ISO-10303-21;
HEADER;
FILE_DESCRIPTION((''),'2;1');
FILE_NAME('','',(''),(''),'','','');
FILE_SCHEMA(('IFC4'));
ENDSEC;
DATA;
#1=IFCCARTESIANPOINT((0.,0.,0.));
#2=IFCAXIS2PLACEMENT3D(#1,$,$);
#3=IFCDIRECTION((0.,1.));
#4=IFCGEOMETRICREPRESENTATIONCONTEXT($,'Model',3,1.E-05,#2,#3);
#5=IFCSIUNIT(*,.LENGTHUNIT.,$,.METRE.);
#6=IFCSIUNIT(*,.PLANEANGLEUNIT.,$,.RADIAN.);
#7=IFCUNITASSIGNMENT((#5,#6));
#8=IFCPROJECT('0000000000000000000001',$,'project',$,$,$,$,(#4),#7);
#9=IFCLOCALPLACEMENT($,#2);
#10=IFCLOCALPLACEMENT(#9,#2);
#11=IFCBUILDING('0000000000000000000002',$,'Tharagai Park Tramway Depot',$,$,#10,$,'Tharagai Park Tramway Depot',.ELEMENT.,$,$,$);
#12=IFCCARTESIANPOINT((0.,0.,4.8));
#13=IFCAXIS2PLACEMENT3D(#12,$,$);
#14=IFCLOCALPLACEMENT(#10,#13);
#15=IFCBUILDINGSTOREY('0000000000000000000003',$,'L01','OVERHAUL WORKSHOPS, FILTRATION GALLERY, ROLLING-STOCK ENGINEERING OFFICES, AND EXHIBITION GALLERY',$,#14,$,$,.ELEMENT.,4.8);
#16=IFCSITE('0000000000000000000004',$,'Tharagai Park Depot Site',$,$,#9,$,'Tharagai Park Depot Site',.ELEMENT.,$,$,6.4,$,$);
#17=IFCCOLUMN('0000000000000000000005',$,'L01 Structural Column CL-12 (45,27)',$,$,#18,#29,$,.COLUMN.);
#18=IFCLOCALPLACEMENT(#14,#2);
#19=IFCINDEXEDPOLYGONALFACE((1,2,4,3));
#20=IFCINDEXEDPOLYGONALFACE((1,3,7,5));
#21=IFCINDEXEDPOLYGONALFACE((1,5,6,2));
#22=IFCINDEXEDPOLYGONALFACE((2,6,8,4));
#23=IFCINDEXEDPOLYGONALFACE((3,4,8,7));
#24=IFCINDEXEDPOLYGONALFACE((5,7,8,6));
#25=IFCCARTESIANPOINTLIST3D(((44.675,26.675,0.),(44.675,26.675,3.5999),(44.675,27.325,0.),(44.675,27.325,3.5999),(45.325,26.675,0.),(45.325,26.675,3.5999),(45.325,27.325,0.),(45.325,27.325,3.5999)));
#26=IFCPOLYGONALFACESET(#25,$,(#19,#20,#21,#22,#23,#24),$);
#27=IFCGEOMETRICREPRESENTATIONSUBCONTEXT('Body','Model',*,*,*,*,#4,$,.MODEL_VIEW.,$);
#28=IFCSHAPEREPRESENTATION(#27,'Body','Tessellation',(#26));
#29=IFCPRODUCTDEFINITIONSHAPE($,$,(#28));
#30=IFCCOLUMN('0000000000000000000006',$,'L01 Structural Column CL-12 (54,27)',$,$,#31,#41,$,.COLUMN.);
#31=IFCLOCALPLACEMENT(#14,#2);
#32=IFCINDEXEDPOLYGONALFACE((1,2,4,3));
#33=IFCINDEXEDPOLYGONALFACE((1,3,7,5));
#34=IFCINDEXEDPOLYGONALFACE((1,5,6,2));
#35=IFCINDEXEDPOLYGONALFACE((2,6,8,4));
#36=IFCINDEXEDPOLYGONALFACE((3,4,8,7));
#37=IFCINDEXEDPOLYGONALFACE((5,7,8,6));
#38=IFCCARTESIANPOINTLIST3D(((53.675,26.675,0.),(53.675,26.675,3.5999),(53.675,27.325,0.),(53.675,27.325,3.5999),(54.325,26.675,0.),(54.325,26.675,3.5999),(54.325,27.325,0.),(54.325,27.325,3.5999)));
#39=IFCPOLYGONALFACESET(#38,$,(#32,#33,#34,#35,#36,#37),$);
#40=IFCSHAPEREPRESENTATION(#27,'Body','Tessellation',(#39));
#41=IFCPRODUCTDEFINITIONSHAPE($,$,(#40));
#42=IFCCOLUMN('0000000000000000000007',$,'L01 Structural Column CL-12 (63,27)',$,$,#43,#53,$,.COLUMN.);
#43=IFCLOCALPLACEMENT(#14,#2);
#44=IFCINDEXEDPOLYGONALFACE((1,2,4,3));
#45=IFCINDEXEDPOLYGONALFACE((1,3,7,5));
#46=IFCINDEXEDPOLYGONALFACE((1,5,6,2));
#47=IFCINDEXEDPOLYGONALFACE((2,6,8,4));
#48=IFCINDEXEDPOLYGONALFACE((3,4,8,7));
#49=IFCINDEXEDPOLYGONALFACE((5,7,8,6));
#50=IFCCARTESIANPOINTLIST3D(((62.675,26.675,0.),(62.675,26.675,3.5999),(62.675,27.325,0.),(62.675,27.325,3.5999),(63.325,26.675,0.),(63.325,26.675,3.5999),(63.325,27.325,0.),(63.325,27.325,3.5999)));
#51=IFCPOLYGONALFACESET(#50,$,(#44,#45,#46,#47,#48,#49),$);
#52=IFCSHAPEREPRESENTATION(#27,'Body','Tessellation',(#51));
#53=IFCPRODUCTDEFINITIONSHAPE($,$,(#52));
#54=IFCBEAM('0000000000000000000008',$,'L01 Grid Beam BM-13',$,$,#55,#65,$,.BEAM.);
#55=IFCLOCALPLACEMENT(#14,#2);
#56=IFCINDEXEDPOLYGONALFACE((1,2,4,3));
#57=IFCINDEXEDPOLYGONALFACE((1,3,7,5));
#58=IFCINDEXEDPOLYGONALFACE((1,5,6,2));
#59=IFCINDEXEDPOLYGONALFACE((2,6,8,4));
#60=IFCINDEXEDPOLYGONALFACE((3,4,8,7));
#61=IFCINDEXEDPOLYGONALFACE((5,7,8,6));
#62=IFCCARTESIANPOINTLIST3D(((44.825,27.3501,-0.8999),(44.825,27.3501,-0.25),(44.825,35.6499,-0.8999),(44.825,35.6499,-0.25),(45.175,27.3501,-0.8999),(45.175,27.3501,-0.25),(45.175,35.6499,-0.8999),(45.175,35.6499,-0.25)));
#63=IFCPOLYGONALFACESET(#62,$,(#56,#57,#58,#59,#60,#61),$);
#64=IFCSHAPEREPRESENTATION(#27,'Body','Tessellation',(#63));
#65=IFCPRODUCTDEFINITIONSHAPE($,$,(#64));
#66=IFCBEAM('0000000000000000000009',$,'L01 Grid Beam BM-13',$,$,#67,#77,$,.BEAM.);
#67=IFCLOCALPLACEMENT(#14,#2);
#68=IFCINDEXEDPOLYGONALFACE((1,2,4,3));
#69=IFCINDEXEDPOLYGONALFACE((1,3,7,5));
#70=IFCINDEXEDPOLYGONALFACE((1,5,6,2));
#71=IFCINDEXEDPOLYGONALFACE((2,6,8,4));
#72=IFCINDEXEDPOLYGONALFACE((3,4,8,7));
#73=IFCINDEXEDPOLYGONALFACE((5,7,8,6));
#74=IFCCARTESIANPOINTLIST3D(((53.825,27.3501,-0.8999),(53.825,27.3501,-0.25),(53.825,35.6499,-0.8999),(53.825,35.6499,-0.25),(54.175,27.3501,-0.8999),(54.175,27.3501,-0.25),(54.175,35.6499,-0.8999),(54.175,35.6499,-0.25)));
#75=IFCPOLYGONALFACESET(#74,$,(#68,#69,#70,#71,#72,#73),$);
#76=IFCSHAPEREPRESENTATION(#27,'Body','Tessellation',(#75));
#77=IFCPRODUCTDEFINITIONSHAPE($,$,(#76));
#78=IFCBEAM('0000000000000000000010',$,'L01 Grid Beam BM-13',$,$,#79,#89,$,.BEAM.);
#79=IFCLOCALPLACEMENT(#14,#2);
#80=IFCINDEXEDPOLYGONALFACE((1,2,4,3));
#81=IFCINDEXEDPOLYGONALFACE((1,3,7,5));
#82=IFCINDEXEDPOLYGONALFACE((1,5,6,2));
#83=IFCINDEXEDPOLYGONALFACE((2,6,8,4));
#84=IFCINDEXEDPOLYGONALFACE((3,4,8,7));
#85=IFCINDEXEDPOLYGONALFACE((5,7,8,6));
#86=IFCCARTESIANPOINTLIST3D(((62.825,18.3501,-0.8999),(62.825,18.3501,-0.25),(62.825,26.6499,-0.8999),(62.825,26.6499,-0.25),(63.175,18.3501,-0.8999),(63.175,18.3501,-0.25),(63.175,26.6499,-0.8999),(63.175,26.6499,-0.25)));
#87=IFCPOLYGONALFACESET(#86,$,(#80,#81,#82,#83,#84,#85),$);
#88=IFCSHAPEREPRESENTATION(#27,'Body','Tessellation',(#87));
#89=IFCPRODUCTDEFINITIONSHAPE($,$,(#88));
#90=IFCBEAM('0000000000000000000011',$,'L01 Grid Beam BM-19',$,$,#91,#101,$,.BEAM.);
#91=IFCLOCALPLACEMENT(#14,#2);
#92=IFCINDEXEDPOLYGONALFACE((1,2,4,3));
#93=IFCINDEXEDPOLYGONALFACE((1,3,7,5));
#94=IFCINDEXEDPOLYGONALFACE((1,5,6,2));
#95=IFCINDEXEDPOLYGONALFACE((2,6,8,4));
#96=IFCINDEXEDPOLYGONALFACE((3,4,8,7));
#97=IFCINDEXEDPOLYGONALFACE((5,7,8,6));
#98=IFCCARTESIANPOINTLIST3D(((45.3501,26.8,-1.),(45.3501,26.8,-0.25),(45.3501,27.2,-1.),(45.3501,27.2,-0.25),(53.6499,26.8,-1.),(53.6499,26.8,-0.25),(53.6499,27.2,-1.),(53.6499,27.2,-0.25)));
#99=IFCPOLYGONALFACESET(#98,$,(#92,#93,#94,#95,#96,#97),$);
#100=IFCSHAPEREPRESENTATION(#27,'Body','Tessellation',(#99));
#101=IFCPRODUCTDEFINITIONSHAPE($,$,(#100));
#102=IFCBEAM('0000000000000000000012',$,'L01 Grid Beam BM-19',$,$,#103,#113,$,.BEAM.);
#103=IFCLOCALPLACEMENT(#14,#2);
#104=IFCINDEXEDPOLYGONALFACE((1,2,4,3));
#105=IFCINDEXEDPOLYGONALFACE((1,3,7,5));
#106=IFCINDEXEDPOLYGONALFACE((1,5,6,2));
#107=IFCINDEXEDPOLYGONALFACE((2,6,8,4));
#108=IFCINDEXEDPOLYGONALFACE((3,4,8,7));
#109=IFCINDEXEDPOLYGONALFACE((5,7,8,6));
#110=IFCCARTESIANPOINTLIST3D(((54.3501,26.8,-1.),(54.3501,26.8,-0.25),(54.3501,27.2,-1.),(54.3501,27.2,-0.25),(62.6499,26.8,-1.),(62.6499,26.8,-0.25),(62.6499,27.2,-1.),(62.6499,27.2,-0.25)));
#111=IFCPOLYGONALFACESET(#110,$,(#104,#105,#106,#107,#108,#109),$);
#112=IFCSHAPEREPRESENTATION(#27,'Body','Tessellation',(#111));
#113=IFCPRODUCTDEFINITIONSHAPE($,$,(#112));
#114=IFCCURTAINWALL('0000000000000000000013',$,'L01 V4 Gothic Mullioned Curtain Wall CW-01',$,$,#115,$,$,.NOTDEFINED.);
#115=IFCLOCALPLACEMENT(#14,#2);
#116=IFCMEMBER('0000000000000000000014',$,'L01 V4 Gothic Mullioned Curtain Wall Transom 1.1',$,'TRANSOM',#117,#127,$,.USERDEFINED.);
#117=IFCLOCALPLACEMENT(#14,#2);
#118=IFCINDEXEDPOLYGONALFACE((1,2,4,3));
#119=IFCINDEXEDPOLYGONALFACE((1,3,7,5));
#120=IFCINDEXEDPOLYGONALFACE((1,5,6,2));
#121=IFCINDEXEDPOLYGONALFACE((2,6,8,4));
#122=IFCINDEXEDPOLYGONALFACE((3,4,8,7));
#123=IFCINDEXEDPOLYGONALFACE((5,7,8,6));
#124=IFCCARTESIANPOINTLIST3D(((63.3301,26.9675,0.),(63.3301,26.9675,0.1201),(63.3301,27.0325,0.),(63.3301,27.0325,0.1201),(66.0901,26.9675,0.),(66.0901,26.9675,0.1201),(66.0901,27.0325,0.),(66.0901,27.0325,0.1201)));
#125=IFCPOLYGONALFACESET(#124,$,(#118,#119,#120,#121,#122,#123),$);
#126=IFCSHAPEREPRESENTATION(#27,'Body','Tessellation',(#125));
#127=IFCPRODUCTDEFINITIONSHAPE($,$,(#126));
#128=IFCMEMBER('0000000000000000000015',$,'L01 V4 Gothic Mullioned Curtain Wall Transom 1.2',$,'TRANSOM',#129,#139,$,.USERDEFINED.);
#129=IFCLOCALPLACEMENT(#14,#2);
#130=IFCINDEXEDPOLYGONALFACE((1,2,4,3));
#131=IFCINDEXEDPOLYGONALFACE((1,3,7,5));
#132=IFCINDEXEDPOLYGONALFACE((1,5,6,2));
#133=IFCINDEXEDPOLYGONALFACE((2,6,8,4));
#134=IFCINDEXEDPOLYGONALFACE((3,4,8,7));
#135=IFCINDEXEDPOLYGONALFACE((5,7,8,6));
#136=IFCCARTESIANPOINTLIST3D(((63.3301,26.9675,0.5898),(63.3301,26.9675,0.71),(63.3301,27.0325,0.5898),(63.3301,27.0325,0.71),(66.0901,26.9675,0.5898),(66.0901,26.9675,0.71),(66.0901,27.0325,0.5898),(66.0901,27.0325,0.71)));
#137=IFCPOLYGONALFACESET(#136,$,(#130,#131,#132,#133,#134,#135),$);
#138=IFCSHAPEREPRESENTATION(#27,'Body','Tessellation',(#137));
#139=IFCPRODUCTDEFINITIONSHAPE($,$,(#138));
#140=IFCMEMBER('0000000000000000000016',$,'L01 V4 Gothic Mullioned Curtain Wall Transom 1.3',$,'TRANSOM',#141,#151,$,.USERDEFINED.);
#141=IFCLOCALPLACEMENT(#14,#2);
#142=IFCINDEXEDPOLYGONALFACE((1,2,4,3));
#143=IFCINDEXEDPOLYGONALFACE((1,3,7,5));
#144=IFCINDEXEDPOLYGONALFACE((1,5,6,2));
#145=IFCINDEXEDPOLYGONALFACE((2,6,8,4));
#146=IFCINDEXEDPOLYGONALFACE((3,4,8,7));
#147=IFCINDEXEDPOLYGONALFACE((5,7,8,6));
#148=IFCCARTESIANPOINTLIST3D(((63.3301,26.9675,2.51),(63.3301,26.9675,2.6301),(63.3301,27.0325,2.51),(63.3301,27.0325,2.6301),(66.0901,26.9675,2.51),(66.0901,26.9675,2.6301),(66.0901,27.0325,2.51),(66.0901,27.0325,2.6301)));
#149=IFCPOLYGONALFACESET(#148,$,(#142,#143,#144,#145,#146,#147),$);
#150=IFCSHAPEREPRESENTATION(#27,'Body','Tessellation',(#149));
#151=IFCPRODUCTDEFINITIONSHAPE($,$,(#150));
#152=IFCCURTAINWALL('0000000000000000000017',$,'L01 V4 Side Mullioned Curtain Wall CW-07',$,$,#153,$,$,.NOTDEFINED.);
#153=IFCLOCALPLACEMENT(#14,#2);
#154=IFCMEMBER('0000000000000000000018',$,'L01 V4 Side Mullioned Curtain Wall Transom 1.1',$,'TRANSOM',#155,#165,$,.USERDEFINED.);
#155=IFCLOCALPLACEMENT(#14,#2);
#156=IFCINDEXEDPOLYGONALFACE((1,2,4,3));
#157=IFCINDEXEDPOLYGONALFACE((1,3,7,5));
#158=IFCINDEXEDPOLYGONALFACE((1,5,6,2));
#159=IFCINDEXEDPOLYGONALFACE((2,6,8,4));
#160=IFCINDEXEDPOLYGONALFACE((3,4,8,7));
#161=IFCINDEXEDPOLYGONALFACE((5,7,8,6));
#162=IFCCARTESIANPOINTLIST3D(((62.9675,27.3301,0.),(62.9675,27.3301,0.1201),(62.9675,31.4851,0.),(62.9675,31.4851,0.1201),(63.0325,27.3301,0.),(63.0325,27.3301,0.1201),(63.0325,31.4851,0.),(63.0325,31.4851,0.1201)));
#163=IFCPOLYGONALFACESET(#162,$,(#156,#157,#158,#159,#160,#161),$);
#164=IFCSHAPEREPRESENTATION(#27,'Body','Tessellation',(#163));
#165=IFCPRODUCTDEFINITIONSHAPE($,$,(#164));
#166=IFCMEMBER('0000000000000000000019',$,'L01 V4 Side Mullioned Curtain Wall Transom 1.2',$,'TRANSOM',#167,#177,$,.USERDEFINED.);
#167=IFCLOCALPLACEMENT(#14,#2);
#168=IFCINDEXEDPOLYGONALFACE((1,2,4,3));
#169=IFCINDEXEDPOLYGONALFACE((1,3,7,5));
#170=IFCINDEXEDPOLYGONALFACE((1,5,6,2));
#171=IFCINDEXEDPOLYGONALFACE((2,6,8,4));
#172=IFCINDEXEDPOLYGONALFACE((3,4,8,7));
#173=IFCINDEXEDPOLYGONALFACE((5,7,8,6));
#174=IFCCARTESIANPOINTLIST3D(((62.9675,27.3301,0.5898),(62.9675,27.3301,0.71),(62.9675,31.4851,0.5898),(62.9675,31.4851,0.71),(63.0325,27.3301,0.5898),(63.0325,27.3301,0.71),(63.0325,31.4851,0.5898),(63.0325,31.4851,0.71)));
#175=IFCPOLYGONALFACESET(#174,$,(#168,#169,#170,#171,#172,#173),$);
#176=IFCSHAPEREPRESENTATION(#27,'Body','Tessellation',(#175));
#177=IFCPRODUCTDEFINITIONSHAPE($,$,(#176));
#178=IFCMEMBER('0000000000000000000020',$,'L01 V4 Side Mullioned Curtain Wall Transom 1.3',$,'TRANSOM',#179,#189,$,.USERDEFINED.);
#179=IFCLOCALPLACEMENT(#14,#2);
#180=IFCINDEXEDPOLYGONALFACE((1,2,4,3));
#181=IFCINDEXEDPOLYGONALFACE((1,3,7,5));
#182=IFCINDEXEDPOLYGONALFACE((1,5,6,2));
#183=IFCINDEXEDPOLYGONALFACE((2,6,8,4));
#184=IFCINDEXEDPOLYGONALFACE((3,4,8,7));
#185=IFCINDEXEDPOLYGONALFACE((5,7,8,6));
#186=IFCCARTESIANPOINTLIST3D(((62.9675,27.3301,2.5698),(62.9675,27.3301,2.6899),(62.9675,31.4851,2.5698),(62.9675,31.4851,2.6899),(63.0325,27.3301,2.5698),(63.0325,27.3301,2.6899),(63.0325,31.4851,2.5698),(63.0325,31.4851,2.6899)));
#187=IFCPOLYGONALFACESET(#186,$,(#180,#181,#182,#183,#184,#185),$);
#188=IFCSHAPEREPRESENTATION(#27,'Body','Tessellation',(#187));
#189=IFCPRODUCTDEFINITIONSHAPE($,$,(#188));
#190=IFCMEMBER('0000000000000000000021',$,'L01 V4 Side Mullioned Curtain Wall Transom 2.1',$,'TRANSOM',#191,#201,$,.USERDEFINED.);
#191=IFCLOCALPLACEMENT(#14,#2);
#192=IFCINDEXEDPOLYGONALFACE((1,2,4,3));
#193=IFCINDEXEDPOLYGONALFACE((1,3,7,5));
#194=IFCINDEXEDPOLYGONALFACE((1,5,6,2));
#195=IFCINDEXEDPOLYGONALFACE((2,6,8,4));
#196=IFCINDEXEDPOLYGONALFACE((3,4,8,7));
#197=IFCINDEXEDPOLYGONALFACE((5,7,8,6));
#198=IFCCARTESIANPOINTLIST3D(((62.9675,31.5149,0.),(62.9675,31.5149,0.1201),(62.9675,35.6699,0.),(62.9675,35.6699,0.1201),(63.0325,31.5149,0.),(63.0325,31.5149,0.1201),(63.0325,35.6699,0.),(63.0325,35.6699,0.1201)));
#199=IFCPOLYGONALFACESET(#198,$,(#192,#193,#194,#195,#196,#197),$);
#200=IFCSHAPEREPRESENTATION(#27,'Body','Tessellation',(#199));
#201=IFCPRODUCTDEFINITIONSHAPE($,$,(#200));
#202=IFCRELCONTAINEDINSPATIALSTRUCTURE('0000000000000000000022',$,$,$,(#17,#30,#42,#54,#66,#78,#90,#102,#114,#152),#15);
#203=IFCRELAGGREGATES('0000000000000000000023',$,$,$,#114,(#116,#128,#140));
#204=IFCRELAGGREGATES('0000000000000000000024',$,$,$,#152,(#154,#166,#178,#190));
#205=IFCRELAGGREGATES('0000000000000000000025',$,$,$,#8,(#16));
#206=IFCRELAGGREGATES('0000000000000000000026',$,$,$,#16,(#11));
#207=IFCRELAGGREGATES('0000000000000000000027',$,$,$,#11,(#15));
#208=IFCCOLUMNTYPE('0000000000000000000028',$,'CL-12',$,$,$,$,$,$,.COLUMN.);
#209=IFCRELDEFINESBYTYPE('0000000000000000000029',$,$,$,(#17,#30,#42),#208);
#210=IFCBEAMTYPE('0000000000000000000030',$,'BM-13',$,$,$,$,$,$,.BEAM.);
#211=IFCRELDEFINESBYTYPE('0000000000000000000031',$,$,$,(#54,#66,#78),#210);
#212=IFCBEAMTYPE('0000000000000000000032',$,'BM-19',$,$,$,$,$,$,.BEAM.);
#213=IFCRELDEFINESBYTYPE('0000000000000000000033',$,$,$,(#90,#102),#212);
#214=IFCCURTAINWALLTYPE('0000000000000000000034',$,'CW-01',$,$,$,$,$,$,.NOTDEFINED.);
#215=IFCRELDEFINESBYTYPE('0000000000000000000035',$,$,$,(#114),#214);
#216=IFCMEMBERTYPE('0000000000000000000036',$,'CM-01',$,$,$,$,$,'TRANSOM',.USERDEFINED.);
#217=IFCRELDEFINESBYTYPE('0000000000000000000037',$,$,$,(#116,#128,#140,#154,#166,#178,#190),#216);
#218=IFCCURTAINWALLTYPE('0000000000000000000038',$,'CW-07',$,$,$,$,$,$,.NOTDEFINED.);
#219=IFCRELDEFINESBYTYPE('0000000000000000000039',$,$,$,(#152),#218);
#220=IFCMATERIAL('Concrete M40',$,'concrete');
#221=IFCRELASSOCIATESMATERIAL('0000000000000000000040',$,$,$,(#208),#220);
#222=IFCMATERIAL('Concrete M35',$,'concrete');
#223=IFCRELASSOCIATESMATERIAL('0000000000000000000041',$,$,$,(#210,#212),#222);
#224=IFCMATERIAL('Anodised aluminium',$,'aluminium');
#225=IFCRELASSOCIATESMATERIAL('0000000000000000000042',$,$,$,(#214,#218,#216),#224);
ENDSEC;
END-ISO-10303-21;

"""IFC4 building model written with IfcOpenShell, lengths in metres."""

from ifc_helpers import new_model, si_unit, direction, frame, origin, origin_2d, place, context, subcontext, project, spatial, rectangle, extrude, material, material_profile, profile_set, type_object, element, aggregate, save


model = new_model("IFC4")

# Units and contexts
model_context = context("Model", 3, precision=1e-05, world=origin(), true_north=direction((0.0, 1.0)))
body_context = subcontext(model_context, "Body", "Model", "MODEL_VIEW")
ifc_project = project(units=[si_unit("LENGTHUNIT", "METRE"), si_unit("PLANEANGLEUNIT", "RADIAN")], contexts=[model_context])

# Site, building, storey
site_placement = place(None, origin())
site = spatial("IfcSite", under=ifc_project, at=site_placement, Name="Tharagai Park Depot Site", LongName="Tharagai Park Depot Site", CompositionType="ELEMENT", RefElevation=6.4)
building_placement = place(site_placement, origin())
building = spatial("IfcBuilding", under=site, at=building_placement, Name="Tharagai Park Tramway Depot", LongName="Tharagai Park Tramway Depot", CompositionType="ELEMENT")
storey_placement = place(building_placement, frame((0.0, 0.0, 4.8)))
storey = spatial("IfcBuildingStorey", under=building, at=storey_placement, Name="L01", Description="OVERHAUL WORKSHOPS, FILTRATION GALLERY, ROLLING-STOCK ENGINEERING OFFICES, AND EXHIBITION GALLERY", CompositionType="ELEMENT", Elevation=4.8)

# Columns
ifc_material_1 = material(Name="Concrete M40", Category="concrete")
ifc_material_profile_1 = material_profile(ifc_material_1, rectangle(XDim=0.6499, YDim=0.6499, at=origin_2d()), Name="RC 650x650")
ifc_profile_set_1 = profile_set([ifc_material_profile_1], Name="Concrete M40")
column_type = type_object("IfcColumnType", Name="CL-12", PredefinedType="COLUMN", material=ifc_profile_set_1)
for number, where, z_axis, x_axis, name in (
    (1, (45.0, 27.0, 0.0), (0.0, 0.0, 1.0), (1.0, 0.0, 0.0), "L01 Structural Column CL-12 (45,27)"),
    (2, (54.0, 27.0, 0.0), (0.0, 0.0, 1.0), (1.0, 0.0, 0.0), "L01 Structural Column CL-12 (54,27)"),
    (3, (63.0, 27.0, 0.0), (0.0, 0.0, 1.0), (1.0, 0.0, 0.0), "L01 Structural Column CL-12 (63,27)"),
):
    element("IfcColumn", number, at=place(storey_placement, frame(where, z_axis=z_axis, x_axis=x_axis)), inside=storey, type_object=column_type, Name=name, PredefinedType="COLUMN", context=body_context, shape_type="SweptSolid", body=[
        extrude(rectangle(XDim=0.6499, YDim=0.6499, at=origin_2d()), origin(), (0.0, 0.0, 1.0), 3.5999),
    ])

# Beams
ifc_material_2 = material(Name="Concrete M35", Category="concrete")
ifc_material_profile_2 = material_profile(ifc_material_2, rectangle(XDim=0.3501, YDim=0.6499, at=origin_2d()), Name="RC 350x650")
ifc_profile_set_2 = profile_set([ifc_material_profile_2], Name="Concrete M35")
beam_type_1 = type_object("IfcBeamType", Name="BM-13", PredefinedType="BEAM", material=ifc_profile_set_2)
for number, where, z_axis, x_axis, name in (
    (4, (45.0, 27.3501, -0.575), (0.0, 1.0, 0.0), (-1.0, 0.0, 0.0), "L01 Grid Beam BM-13"),
    (5, (54.0, 27.3501, -0.575), (0.0, 1.0, 0.0), (-1.0, 0.0, 0.0), "L01 Grid Beam BM-13"),
    (6, (63.0, 18.3501, -0.575), (0.0, 1.0, 0.0), (-1.0, 0.0, 0.0), "L01 Grid Beam BM-13"),
):
    element("IfcBeam", number, at=place(storey_placement, frame(where, z_axis=z_axis, x_axis=x_axis)), inside=storey, type_object=beam_type_1, Name=name, PredefinedType="BEAM", context=body_context, shape_type="SweptSolid", body=[
        extrude(rectangle(XDim=0.3501, YDim=0.6499, at=origin_2d()), origin(), (0.0, 0.0, 1.0), 8.2998),
    ])
ifc_material_profile_3 = material_profile(ifc_material_2, rectangle(XDim=0.3999, YDim=0.75, at=origin_2d()), Name="RC 400x750")
ifc_profile_set_3 = profile_set([ifc_material_profile_3], Name="Concrete M35")
beam_type_2 = type_object("IfcBeamType", Name="BM-19", PredefinedType="BEAM", material=ifc_profile_set_3)
for number, where, z_axis, x_axis, name in (
    (7, (45.3501, 27.0, -0.625), (1.0, 0.0, 0.0), (0.0, 1.0, 0.0), "L01 Grid Beam BM-19"),
    (8, (54.3501, 27.0, -0.625), (1.0, 0.0, 0.0), (0.0, 1.0, 0.0), "L01 Grid Beam BM-19"),
):
    element("IfcBeam", number, at=place(storey_placement, frame(where, z_axis=z_axis, x_axis=x_axis)), inside=storey, type_object=beam_type_2, Name=name, PredefinedType="BEAM", context=body_context, shape_type="SweptSolid", body=[
        extrude(rectangle(XDim=0.3999, YDim=0.75, at=origin_2d()), origin(), (0.0, 0.0, 1.0), 8.2998),
    ])

# Curtain walls, members
ifc_material_3 = material(Name="Anodised aluminium", Category="aluminium")
curtain_wall_type_1 = type_object("IfcCurtainWallType", Name="CW-01", PredefinedType="NOTDEFINED", material=ifc_material_3)
curtain_wall_1_placement = place(storey_placement, origin())
curtain_wall_1 = element("IfcCurtainWall", 9, at=curtain_wall_1_placement, inside=storey, type_object=curtain_wall_type_1, Name="L01 V4 Gothic Mullioned Curtain Wall CW-01", PredefinedType="NOTDEFINED")
ifc_material_profile_4 = material_profile(ifc_material_3, rectangle(XDim=0.0649, YDim=0.1201, at=origin_2d()), Name="ALU 65x120")
ifc_profile_set_4 = profile_set([ifc_material_profile_4], Name="Anodised aluminium")
member_type_1 = type_object("IfcMemberType", Name="CM-01", ElementType="TRANSOM", PredefinedType="USERDEFINED", material=ifc_profile_set_4)
member_1_placement = place(storey_placement, frame((63.3301, 27.0, 0.0601), z_axis=(1.0, 0.0, 0.0), x_axis=(0.0, 1.0, 0.0)))
member_1 = element("IfcMember", 10, at=member_1_placement, type_object=member_type_1, Name="L01 V4 Gothic Mullioned Curtain Wall Transom 1.1", ObjectType="TRANSOM", PredefinedType="USERDEFINED", context=body_context, shape_type="SweptSolid", body=[
    extrude(rectangle(XDim=0.0649, YDim=0.1201, at=origin_2d()), origin(), (0.0, 0.0, 1.0), 2.76),
])
member_2_placement = place(storey_placement, frame((63.3301, 27.0, 0.6499), z_axis=(1.0, 0.0, 0.0), x_axis=(0.0, 1.0, 0.0)))
member_2 = element("IfcMember", 11, at=member_2_placement, type_object=member_type_1, Name="L01 V4 Gothic Mullioned Curtain Wall Transom 1.2", ObjectType="TRANSOM", PredefinedType="USERDEFINED", context=body_context, shape_type="SweptSolid", body=[
    extrude(rectangle(XDim=0.0649, YDim=0.1201, at=origin_2d()), origin(), (0.0, 0.0, 1.0), 2.76),
])
member_3_placement = place(storey_placement, frame((63.3301, 27.0, 2.5701), z_axis=(1.0, 0.0, 0.0), x_axis=(0.0, 1.0, 0.0)))
member_3 = element("IfcMember", 12, at=member_3_placement, type_object=member_type_1, Name="L01 V4 Gothic Mullioned Curtain Wall Transom 1.3", ObjectType="TRANSOM", PredefinedType="USERDEFINED", context=body_context, shape_type="SweptSolid", body=[
    extrude(rectangle(XDim=0.0649, YDim=0.1201, at=origin_2d()), origin(), (0.0, 0.0, 1.0), 2.76),
])
curtain_wall_type_2 = type_object("IfcCurtainWallType", Name="CW-07", PredefinedType="NOTDEFINED", material=ifc_material_3)
curtain_wall_2_placement = place(storey_placement, origin())
curtain_wall_2 = element("IfcCurtainWall", 13, at=curtain_wall_2_placement, inside=storey, type_object=curtain_wall_type_2, Name="L01 V4 Side Mullioned Curtain Wall CW-07", PredefinedType="NOTDEFINED")
member_4_placement = place(storey_placement, frame((63.0, 27.3301, 0.0601), z_axis=(0.0, 1.0, 0.0), x_axis=(-1.0, 0.0, 0.0)))
member_4 = element("IfcMember", 14, at=member_4_placement, type_object=member_type_1, Name="L01 V4 Side Mullioned Curtain Wall Transom 1.1", ObjectType="TRANSOM", PredefinedType="USERDEFINED", context=body_context, shape_type="SweptSolid", body=[
    extrude(rectangle(XDim=0.0649, YDim=0.1201, at=origin_2d()), origin(), (0.0, 0.0, 1.0), 4.155),
])
member_5_placement = place(storey_placement, frame((63.0, 27.3301, 0.6499), z_axis=(0.0, 1.0, 0.0), x_axis=(-1.0, 0.0, 0.0)))
member_5 = element("IfcMember", 15, at=member_5_placement, type_object=member_type_1, Name="L01 V4 Side Mullioned Curtain Wall Transom 1.2", ObjectType="TRANSOM", PredefinedType="USERDEFINED", context=body_context, shape_type="SweptSolid", body=[
    extrude(rectangle(XDim=0.0649, YDim=0.1201, at=origin_2d()), origin(), (0.0, 0.0, 1.0), 4.155),
])
member_6_placement = place(storey_placement, frame((63.0, 27.3301, 2.6299), z_axis=(0.0, 1.0, 0.0), x_axis=(-1.0, 0.0, 0.0)))
member_6 = element("IfcMember", 16, at=member_6_placement, type_object=member_type_1, Name="L01 V4 Side Mullioned Curtain Wall Transom 1.3", ObjectType="TRANSOM", PredefinedType="USERDEFINED", context=body_context, shape_type="SweptSolid", body=[
    extrude(rectangle(XDim=0.0649, YDim=0.1201, at=origin_2d()), origin(), (0.0, 0.0, 1.0), 4.155),
])
member_7_placement = place(storey_placement, frame((63.0, 31.5149, 0.0601), z_axis=(0.0, 1.0, 0.0), x_axis=(-1.0, 0.0, 0.0)))
member_7 = element("IfcMember", 17, at=member_7_placement, type_object=member_type_1, Name="L01 V4 Side Mullioned Curtain Wall Transom 2.1", ObjectType="TRANSOM", PredefinedType="USERDEFINED", context=body_context, shape_type="SweptSolid", body=[
    extrude(rectangle(XDim=0.0649, YDim=0.1201, at=origin_2d()), origin(), (0.0, 0.0, 1.0), 4.155),
])

aggregate(curtain_wall_1, [member_1, member_2, member_3])

aggregate(curtain_wall_2, [member_4, member_5, member_6, member_7])

save(model, "model.ifc")
